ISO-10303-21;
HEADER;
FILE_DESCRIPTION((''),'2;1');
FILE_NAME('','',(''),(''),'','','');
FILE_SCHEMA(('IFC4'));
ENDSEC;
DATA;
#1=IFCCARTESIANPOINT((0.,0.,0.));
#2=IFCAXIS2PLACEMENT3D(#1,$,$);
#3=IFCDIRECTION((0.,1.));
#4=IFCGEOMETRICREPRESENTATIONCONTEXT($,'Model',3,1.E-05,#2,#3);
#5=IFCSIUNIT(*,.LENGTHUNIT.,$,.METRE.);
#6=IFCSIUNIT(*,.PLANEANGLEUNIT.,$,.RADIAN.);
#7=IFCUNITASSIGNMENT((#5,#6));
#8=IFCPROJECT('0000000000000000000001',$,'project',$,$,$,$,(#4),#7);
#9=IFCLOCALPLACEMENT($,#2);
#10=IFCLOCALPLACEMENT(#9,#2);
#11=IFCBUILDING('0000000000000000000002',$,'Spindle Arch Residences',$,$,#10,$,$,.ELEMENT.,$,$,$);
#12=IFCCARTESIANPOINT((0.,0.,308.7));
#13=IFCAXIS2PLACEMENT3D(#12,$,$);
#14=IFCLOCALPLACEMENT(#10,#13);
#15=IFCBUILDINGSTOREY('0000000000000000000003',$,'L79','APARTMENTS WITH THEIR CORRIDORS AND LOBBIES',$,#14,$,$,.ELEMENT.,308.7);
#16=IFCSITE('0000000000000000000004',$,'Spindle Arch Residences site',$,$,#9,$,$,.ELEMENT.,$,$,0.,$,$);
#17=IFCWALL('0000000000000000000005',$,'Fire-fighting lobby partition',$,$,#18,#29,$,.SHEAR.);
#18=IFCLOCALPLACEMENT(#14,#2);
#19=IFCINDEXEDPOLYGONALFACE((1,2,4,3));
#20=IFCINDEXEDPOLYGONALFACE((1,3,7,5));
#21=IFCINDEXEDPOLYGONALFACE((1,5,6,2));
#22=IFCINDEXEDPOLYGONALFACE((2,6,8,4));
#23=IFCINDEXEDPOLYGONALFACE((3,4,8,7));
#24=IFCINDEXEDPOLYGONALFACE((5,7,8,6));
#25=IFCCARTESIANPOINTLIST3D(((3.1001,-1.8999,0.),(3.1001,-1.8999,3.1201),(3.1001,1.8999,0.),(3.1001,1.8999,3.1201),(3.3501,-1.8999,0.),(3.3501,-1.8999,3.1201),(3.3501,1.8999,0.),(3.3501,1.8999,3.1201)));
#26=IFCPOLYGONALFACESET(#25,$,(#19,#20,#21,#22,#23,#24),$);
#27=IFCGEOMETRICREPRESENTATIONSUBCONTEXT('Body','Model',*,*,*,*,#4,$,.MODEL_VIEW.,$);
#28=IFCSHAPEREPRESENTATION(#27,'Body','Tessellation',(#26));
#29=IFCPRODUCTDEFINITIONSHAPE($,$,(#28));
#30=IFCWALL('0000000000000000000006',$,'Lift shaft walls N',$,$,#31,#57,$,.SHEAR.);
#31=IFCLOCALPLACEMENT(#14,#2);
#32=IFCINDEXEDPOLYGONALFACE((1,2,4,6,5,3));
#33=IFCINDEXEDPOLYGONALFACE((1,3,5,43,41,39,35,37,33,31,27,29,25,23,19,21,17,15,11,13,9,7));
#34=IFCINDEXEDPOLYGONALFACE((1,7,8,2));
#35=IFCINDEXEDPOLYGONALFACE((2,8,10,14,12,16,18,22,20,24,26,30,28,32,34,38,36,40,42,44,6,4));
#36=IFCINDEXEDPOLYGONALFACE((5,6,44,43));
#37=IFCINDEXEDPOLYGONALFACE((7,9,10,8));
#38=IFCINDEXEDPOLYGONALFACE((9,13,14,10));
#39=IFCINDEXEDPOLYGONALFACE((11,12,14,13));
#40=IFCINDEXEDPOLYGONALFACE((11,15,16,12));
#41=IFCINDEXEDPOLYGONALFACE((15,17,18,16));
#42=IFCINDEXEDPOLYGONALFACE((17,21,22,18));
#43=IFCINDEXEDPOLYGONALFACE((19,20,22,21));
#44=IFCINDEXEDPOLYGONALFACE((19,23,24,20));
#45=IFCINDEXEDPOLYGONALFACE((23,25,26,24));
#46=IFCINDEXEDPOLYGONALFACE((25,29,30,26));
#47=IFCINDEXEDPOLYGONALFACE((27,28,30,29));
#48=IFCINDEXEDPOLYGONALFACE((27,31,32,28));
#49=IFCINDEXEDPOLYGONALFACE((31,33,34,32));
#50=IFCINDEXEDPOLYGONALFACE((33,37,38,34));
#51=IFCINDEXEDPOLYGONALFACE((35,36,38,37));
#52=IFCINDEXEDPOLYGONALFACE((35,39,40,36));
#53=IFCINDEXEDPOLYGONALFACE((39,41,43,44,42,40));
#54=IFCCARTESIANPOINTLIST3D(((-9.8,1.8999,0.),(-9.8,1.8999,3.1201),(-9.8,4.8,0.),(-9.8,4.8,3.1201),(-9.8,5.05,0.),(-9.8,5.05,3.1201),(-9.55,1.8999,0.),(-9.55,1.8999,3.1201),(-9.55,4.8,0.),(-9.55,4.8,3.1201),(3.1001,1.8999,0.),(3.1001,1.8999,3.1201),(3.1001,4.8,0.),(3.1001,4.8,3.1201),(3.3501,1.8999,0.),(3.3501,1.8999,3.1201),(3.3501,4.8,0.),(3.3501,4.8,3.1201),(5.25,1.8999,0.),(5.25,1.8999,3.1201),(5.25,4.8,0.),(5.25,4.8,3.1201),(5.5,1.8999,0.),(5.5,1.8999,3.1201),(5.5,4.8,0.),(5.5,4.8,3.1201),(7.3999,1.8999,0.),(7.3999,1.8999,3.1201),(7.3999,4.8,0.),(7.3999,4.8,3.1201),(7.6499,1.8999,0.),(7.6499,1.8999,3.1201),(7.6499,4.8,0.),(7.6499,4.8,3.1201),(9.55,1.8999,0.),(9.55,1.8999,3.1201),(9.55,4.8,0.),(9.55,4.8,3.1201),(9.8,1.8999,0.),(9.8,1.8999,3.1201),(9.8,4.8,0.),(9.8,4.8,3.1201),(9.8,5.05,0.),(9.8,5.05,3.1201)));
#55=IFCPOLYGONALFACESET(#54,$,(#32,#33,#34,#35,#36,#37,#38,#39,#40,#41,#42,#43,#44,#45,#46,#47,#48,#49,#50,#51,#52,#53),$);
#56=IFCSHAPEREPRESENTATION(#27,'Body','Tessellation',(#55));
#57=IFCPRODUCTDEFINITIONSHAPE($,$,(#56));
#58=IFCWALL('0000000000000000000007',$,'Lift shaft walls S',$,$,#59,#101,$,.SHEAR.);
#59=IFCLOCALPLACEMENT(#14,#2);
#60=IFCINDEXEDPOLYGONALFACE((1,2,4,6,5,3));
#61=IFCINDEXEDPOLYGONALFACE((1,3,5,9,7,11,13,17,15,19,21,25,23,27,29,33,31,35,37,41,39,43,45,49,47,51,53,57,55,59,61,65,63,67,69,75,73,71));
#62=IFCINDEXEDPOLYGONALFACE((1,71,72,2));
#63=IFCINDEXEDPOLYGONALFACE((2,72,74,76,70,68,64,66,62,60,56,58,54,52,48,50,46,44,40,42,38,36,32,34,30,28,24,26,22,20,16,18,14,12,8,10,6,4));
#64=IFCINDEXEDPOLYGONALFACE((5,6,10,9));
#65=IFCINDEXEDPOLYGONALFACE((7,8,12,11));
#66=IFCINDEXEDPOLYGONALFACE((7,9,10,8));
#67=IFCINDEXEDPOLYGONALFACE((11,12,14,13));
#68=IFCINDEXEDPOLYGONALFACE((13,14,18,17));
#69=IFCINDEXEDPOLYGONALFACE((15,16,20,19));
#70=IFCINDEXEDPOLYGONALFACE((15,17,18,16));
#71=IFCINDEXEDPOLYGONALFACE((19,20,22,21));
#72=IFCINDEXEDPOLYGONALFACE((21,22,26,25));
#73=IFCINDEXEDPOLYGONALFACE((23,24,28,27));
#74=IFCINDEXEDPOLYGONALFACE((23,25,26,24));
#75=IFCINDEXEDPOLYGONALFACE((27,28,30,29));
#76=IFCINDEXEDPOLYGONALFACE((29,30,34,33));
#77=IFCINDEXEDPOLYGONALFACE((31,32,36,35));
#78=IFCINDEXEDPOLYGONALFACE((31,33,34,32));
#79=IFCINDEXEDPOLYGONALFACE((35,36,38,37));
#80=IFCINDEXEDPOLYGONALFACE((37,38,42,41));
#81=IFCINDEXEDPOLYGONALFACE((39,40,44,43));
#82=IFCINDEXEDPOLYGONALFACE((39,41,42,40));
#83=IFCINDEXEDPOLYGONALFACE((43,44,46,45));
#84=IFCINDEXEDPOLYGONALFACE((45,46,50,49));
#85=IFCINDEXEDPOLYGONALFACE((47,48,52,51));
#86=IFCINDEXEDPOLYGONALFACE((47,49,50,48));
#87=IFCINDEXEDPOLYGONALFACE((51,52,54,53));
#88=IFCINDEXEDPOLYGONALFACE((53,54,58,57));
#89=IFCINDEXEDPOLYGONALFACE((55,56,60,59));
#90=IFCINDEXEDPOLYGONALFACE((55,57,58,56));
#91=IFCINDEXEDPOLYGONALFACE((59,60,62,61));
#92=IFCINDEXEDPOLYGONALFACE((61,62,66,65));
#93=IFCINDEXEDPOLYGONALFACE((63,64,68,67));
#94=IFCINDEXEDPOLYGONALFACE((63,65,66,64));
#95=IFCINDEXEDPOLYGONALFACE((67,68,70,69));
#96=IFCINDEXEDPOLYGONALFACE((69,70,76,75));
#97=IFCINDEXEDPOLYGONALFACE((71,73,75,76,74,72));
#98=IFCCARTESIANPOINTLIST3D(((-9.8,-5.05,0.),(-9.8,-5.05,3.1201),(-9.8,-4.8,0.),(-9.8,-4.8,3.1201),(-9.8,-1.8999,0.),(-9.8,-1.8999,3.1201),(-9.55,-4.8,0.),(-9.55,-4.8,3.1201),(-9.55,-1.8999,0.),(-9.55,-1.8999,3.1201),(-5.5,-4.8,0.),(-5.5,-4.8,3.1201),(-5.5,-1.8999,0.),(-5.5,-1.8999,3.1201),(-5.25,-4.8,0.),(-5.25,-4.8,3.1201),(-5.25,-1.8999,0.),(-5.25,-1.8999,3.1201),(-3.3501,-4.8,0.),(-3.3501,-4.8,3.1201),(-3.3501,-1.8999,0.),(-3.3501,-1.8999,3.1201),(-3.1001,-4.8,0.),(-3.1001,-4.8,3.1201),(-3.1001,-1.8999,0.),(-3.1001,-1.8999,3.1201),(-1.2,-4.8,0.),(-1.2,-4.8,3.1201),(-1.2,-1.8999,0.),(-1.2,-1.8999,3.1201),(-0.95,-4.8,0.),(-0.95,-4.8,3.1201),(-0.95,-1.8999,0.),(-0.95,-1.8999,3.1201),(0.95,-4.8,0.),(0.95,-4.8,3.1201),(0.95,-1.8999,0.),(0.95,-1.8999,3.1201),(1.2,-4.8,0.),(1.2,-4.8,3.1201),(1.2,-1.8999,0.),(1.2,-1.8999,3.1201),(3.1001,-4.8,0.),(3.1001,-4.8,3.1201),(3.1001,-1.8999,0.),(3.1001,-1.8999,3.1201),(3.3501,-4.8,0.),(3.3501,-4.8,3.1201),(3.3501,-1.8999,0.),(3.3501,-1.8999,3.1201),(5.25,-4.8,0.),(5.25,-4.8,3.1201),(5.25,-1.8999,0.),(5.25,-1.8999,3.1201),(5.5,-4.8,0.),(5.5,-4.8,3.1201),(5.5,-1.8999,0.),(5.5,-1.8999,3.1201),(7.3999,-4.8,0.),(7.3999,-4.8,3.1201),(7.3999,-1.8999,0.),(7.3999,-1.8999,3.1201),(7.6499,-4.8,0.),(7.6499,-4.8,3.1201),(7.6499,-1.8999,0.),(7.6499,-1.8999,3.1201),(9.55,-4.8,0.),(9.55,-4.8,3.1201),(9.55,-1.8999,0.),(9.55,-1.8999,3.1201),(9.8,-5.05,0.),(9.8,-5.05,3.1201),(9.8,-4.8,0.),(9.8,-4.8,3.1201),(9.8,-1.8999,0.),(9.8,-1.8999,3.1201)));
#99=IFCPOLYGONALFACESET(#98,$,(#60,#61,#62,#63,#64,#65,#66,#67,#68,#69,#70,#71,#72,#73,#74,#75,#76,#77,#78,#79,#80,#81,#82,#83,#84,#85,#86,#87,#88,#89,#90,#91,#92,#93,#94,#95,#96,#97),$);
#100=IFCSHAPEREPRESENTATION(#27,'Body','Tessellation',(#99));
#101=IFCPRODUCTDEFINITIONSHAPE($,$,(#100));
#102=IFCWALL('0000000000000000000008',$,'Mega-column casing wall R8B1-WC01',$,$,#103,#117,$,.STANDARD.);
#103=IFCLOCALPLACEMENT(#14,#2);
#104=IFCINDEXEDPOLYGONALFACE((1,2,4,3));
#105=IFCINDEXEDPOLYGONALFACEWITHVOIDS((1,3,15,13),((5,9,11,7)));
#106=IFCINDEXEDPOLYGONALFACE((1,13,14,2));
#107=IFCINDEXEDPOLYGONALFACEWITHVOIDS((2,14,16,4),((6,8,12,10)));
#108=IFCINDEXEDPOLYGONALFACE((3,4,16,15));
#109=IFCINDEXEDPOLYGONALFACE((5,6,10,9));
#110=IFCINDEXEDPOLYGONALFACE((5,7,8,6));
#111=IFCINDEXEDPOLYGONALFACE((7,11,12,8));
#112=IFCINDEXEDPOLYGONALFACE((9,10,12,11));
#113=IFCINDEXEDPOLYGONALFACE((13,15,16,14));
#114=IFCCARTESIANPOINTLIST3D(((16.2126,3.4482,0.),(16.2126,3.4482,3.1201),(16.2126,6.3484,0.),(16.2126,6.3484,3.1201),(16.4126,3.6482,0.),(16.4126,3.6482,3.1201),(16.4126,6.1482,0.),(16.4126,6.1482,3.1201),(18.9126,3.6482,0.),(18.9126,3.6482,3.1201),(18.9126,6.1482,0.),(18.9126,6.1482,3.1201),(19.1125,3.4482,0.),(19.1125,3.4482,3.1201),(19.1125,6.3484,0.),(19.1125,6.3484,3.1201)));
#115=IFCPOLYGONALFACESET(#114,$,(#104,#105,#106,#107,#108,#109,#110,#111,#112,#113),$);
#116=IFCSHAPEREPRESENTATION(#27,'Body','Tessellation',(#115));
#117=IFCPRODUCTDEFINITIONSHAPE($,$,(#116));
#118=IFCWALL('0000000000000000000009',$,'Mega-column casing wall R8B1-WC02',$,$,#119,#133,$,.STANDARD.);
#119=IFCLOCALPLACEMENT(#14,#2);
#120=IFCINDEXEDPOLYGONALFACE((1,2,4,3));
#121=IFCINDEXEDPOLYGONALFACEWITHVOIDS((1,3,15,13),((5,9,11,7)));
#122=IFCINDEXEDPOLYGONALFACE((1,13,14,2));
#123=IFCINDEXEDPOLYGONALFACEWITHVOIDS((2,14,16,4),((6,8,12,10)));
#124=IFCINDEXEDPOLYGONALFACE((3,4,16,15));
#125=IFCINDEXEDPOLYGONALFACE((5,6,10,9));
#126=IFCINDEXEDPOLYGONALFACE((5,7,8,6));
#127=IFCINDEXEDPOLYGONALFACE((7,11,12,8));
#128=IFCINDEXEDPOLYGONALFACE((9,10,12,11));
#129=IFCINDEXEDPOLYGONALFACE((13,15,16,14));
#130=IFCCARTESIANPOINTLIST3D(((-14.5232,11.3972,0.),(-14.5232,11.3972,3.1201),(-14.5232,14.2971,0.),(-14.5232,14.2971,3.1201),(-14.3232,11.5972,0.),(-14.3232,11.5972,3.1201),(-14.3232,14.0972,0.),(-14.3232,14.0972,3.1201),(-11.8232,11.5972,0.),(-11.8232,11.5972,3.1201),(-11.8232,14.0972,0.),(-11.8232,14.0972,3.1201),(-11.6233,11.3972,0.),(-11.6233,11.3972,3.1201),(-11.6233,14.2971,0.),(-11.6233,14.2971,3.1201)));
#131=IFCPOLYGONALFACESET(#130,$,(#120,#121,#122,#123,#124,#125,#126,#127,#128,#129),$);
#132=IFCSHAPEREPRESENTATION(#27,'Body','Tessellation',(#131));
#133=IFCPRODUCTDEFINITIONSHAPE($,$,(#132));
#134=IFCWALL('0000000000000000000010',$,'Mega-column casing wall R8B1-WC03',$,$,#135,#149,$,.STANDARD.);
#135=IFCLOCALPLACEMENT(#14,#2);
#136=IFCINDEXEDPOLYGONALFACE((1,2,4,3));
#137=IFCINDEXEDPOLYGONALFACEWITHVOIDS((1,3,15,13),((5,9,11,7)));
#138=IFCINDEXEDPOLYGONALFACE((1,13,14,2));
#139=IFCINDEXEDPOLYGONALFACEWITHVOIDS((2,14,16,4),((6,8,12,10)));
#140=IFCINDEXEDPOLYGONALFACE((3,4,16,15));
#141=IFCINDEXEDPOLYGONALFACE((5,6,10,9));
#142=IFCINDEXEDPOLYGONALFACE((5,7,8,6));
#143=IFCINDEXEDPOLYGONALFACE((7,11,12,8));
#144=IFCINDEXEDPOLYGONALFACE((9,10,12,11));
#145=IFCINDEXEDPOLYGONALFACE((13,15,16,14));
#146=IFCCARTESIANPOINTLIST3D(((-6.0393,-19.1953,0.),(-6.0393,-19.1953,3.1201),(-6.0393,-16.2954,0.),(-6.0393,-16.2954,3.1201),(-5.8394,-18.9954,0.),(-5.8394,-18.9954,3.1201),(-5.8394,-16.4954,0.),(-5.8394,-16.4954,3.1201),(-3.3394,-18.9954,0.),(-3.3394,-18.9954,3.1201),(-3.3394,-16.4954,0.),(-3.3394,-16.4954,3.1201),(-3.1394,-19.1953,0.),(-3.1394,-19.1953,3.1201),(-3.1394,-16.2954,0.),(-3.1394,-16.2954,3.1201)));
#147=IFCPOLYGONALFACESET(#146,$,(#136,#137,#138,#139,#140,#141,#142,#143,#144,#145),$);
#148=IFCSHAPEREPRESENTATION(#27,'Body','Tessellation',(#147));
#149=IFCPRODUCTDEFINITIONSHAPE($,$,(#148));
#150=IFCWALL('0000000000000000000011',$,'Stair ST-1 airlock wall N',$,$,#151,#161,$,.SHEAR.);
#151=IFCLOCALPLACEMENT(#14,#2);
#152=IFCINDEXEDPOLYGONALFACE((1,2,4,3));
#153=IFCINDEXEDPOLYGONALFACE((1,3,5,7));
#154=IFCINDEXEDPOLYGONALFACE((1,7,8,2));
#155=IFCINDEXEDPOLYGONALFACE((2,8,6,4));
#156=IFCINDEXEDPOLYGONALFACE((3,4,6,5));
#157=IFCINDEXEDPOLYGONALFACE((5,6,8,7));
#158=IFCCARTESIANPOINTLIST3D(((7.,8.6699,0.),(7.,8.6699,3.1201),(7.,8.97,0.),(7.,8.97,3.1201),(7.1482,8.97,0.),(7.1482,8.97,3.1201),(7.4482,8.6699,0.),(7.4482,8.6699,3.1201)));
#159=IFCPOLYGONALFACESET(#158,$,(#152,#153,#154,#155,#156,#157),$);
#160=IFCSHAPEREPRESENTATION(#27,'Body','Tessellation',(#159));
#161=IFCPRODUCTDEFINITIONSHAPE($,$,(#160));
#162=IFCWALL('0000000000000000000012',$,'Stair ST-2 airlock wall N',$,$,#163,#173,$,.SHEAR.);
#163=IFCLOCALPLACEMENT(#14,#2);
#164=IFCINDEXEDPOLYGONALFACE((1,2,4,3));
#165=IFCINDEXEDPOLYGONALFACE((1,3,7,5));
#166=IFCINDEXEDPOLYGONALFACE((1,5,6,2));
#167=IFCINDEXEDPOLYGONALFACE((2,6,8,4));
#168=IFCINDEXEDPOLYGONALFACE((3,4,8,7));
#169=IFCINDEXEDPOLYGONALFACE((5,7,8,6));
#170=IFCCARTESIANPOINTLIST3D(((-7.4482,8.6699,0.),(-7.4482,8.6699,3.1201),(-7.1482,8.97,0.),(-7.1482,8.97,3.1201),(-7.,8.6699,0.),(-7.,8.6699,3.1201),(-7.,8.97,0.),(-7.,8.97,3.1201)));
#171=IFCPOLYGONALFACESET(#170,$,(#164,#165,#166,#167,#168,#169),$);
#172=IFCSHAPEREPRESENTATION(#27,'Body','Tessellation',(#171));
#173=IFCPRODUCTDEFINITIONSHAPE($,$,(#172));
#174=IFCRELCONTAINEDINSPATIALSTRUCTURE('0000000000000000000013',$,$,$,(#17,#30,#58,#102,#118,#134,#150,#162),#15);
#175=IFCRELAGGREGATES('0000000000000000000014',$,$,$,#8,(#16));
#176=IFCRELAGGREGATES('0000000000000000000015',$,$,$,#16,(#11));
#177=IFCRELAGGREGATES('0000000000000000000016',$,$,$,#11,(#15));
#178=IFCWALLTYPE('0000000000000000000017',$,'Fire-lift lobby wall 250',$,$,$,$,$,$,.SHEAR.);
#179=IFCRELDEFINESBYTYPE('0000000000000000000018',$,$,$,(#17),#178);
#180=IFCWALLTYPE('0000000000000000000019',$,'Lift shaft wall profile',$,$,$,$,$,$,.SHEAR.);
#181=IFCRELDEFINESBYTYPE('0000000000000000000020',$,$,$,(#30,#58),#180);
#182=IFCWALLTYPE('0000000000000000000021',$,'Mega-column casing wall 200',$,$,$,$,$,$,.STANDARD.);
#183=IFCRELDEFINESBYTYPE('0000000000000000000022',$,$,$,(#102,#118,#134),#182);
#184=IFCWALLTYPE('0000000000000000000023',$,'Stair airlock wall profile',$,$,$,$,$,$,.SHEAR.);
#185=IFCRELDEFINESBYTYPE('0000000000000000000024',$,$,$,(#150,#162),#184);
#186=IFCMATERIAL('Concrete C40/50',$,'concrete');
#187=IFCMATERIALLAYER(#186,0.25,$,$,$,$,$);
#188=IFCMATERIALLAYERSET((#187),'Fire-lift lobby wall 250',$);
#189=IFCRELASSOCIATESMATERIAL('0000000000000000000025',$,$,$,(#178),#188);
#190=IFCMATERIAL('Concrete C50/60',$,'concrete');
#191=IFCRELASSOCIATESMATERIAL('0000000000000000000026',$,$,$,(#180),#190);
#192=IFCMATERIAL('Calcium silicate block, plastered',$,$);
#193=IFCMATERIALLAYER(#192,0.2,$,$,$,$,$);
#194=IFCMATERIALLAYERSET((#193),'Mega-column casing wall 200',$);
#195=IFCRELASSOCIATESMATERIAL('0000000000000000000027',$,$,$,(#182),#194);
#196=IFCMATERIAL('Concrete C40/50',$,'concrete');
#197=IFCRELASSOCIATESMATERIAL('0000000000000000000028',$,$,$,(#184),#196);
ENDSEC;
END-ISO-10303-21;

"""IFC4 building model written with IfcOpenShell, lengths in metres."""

from ifc_helpers import new_model, si_unit, direction, frame, frame_2d, origin, place, context, subcontext, project, spatial, polyline, rectangle, outline, extrude, material, layer, layer_set, type_object, element, save


model = new_model("IFC4")

# Units and contexts
model_context = context("Model", 3, precision=1e-05, world=origin(), true_north=direction((0.0, 1.0)))
body_context = subcontext(model_context, "Body", "Model", "MODEL_VIEW")
ifc_project = project(units=[si_unit("LENGTHUNIT", "METRE"), si_unit("PLANEANGLEUNIT", "RADIAN")], contexts=[model_context])

# Site, building, storey
site_placement = place(None, origin())
site = spatial("IfcSite", under=ifc_project, at=site_placement, Name="Spindle Arch Residences site", CompositionType="ELEMENT", RefElevation=0.0)
building_placement = place(site_placement, origin())
building = spatial("IfcBuilding", under=site, at=building_placement, Name="Spindle Arch Residences", CompositionType="ELEMENT")
storey_placement = place(building_placement, frame((0.0, 0.0, 308.7)))
storey = spatial("IfcBuildingStorey", under=building, at=storey_placement, Name="L79", Description="APARTMENTS WITH THEIR CORRIDORS AND LOBBIES", CompositionType="ELEMENT", Elevation=308.7)

# Wall
ifc_material_1 = material(Name="Concrete C40/50", Category="concrete")
ifc_layer_1 = layer(ifc_material_1, 0.25)
ifc_layer_set_1 = layer_set([ifc_layer_1], Name="Fire-lift lobby wall 250")
wall_type_1 = type_object("IfcWallType", Name="Fire-lift lobby wall 250", PredefinedType="SHEAR", material=ifc_layer_set_1)
wall_1_placement = place(storey_placement, frame((3.2251, -1.8999, 0.0), z_axis=(0.0, 0.0, 1.0), x_axis=(0.0, 1.0, 0.0)))
element("IfcWall", 1, at=wall_1_placement, inside=storey, type_object=wall_type_1, Name="Fire-fighting lobby partition", PredefinedType="SHEAR", context=body_context, shape_type="SweptSolid", body=[
    extrude(rectangle(XDim=3.7998, YDim=0.25, at=frame_2d((1.8999, 0.0))), origin(), (0.0, 0.0, 1.0), 3.1201),
])

# Walls
ifc_material_2 = material(Name="Concrete C50/60", Category="concrete")
wall_type_2 = type_object("IfcWallType", Name="Lift shaft wall profile", PredefinedType="SHEAR", material=ifc_material_2)
wall_2_placement = place(storey_placement, origin())
element("IfcWall", 2, at=wall_2_placement, inside=storey, type_object=wall_type_2, Name="Lift shaft walls N", PredefinedType="SHEAR", context=body_context, shape_type="SweptSolid", body=[
    extrude(outline(polyline([(-9.8, 1.8999), (-9.55, 1.8999), (-9.55, 4.8), (3.1001, 4.8), (3.1001, 1.8999), (3.3501, 1.8999), (3.3501, 4.8), (5.25, 4.8), (5.25, 1.8999), (5.5, 1.8999), (5.5, 4.8), (7.3999, 4.8), (7.3999, 1.8999), (7.6499, 1.8999), (7.6499, 4.8), (9.55, 4.8), (9.55, 1.8999), (9.8, 1.8999), (9.8, 4.8), (9.8, 5.05), (-9.8, 5.05), (-9.8, 4.8), (-9.8, 1.8999)])), origin(), (0.0, 0.0, 1.0), 3.1201),
])
wall_3_placement = place(storey_placement, origin())
element("IfcWall", 3, at=wall_3_placement, inside=storey, type_object=wall_type_2, Name="Lift shaft walls S", PredefinedType="SHEAR", context=body_context, shape_type="SweptSolid", body=[
    extrude(outline(polyline([(9.8, -5.05), (9.8, -4.8), (9.8, -1.8999), (9.55, -1.8999), (9.55, -4.8), (7.6499, -4.8), (7.6499, -1.8999), (7.3999, -1.8999), (7.3999, -4.8), (5.5, -4.8), (5.5, -1.8999), (5.25, -1.8999), (5.25, -4.8), (3.3501, -4.8), (3.3501, -1.8999), (3.1001, -1.8999), (3.1001, -4.8), (1.2, -4.8), (1.2, -1.8999), (0.95, -1.8999), (0.95, -4.8), (-0.95, -4.8), (-0.95, -1.8999), (-1.2, -1.8999), (-1.2, -4.8), (-3.1001, -4.8), (-3.1001, -1.8999), (-3.3501, -1.8999), (-3.3501, -4.8), (-5.25, -4.8), (-5.25, -1.8999), (-5.5, -1.8999), (-5.5, -4.8), (-9.55, -4.8), (-9.55, -1.8999), (-9.8, -1.8999), (-9.8, -4.8), (-9.8, -5.05), (9.8, -5.05)])), origin(), (0.0, 0.0, 1.0), 3.1201),
])
ifc_material_3 = material(Name="Calcium silicate block, plastered")
ifc_layer_2 = layer(ifc_material_3, 0.2)
ifc_layer_set_2 = layer_set([ifc_layer_2], Name="Mega-column casing wall 200")
wall_type_3 = type_object("IfcWallType", Name="Mega-column casing wall 200", PredefinedType="STANDARD", material=ifc_layer_set_2)
wall_4_placement = place(storey_placement, origin())
element("IfcWall", 4, at=wall_4_placement, inside=storey, type_object=wall_type_3, Name="Mega-column casing wall R8B1-WC01", PredefinedType="STANDARD", context=body_context, shape_type="SweptSolid", body=[
    extrude(outline(polyline([(19.1125, 6.3484), (19.1125, 3.4482), (16.2126, 3.4482), (16.2126, 6.3484), (19.1125, 6.3484)]), holes=[polyline([(16.4126, 3.6482), (18.9126, 3.6482), (18.9126, 6.1482), (16.4126, 6.1482), (16.4126, 3.6482)])]), origin(), (0.0, 0.0, 1.0), 3.1201),
])
wall_5_placement = place(storey_placement, origin())
element("IfcWall", 5, at=wall_5_placement, inside=storey, type_object=wall_type_3, Name="Mega-column casing wall R8B1-WC02", PredefinedType="STANDARD", context=body_context, shape_type="SweptSolid", body=[
    extrude(outline(polyline([(-11.6233, 14.2971), (-11.6233, 11.3972), (-14.5232, 11.3972), (-14.5232, 14.2971), (-11.6233, 14.2971)]), holes=[polyline([(-14.3232, 11.5972), (-11.8232, 11.5972), (-11.8232, 14.0972), (-14.3232, 14.0972), (-14.3232, 11.5972)])]), origin(), (0.0, 0.0, 1.0), 3.1201),
])
wall_6_placement = place(storey_placement, origin())
element("IfcWall", 6, at=wall_6_placement, inside=storey, type_object=wall_type_3, Name="Mega-column casing wall R8B1-WC03", PredefinedType="STANDARD", context=body_context, shape_type="SweptSolid", body=[
    extrude(outline(polyline([(-3.1394, -16.2954), (-3.1394, -19.1953), (-6.0393, -19.1953), (-6.0393, -16.2954), (-3.1394, -16.2954)]), holes=[polyline([(-5.8394, -18.9954), (-3.3394, -18.9954), (-3.3394, -16.4954), (-5.8394, -16.4954), (-5.8394, -18.9954)])]), origin(), (0.0, 0.0, 1.0), 3.1201),
])
ifc_material_4 = material(Name="Concrete C40/50", Category="concrete")
wall_type_4 = type_object("IfcWallType", Name="Stair airlock wall profile", PredefinedType="SHEAR", material=ifc_material_4)
wall_7_placement = place(storey_placement, origin())
element("IfcWall", 7, at=wall_7_placement, inside=storey, type_object=wall_type_4, Name="Stair ST-1 airlock wall N", PredefinedType="SHEAR", context=body_context, shape_type="SweptSolid", body=[
    extrude(outline(polyline([(7.4482, 8.6699), (7.0, 8.6699), (7.0, 8.97), (7.1482, 8.97), (7.4482, 8.6699)])), origin(), (0.0, 0.0, 1.0), 3.1201),
])
wall_8_placement = place(storey_placement, origin())
element("IfcWall", 8, at=wall_8_placement, inside=storey, type_object=wall_type_4, Name="Stair ST-2 airlock wall N", PredefinedType="SHEAR", context=body_context, shape_type="SweptSolid", body=[
    extrude(outline(polyline([(-7.1482, 8.97), (-7.0, 8.97), (-7.0, 8.6699), (-7.4482, 8.6699), (-7.1482, 8.97)])), origin(), (0.0, 0.0, 1.0), 3.1201),
])

save(model, "model.ifc")
